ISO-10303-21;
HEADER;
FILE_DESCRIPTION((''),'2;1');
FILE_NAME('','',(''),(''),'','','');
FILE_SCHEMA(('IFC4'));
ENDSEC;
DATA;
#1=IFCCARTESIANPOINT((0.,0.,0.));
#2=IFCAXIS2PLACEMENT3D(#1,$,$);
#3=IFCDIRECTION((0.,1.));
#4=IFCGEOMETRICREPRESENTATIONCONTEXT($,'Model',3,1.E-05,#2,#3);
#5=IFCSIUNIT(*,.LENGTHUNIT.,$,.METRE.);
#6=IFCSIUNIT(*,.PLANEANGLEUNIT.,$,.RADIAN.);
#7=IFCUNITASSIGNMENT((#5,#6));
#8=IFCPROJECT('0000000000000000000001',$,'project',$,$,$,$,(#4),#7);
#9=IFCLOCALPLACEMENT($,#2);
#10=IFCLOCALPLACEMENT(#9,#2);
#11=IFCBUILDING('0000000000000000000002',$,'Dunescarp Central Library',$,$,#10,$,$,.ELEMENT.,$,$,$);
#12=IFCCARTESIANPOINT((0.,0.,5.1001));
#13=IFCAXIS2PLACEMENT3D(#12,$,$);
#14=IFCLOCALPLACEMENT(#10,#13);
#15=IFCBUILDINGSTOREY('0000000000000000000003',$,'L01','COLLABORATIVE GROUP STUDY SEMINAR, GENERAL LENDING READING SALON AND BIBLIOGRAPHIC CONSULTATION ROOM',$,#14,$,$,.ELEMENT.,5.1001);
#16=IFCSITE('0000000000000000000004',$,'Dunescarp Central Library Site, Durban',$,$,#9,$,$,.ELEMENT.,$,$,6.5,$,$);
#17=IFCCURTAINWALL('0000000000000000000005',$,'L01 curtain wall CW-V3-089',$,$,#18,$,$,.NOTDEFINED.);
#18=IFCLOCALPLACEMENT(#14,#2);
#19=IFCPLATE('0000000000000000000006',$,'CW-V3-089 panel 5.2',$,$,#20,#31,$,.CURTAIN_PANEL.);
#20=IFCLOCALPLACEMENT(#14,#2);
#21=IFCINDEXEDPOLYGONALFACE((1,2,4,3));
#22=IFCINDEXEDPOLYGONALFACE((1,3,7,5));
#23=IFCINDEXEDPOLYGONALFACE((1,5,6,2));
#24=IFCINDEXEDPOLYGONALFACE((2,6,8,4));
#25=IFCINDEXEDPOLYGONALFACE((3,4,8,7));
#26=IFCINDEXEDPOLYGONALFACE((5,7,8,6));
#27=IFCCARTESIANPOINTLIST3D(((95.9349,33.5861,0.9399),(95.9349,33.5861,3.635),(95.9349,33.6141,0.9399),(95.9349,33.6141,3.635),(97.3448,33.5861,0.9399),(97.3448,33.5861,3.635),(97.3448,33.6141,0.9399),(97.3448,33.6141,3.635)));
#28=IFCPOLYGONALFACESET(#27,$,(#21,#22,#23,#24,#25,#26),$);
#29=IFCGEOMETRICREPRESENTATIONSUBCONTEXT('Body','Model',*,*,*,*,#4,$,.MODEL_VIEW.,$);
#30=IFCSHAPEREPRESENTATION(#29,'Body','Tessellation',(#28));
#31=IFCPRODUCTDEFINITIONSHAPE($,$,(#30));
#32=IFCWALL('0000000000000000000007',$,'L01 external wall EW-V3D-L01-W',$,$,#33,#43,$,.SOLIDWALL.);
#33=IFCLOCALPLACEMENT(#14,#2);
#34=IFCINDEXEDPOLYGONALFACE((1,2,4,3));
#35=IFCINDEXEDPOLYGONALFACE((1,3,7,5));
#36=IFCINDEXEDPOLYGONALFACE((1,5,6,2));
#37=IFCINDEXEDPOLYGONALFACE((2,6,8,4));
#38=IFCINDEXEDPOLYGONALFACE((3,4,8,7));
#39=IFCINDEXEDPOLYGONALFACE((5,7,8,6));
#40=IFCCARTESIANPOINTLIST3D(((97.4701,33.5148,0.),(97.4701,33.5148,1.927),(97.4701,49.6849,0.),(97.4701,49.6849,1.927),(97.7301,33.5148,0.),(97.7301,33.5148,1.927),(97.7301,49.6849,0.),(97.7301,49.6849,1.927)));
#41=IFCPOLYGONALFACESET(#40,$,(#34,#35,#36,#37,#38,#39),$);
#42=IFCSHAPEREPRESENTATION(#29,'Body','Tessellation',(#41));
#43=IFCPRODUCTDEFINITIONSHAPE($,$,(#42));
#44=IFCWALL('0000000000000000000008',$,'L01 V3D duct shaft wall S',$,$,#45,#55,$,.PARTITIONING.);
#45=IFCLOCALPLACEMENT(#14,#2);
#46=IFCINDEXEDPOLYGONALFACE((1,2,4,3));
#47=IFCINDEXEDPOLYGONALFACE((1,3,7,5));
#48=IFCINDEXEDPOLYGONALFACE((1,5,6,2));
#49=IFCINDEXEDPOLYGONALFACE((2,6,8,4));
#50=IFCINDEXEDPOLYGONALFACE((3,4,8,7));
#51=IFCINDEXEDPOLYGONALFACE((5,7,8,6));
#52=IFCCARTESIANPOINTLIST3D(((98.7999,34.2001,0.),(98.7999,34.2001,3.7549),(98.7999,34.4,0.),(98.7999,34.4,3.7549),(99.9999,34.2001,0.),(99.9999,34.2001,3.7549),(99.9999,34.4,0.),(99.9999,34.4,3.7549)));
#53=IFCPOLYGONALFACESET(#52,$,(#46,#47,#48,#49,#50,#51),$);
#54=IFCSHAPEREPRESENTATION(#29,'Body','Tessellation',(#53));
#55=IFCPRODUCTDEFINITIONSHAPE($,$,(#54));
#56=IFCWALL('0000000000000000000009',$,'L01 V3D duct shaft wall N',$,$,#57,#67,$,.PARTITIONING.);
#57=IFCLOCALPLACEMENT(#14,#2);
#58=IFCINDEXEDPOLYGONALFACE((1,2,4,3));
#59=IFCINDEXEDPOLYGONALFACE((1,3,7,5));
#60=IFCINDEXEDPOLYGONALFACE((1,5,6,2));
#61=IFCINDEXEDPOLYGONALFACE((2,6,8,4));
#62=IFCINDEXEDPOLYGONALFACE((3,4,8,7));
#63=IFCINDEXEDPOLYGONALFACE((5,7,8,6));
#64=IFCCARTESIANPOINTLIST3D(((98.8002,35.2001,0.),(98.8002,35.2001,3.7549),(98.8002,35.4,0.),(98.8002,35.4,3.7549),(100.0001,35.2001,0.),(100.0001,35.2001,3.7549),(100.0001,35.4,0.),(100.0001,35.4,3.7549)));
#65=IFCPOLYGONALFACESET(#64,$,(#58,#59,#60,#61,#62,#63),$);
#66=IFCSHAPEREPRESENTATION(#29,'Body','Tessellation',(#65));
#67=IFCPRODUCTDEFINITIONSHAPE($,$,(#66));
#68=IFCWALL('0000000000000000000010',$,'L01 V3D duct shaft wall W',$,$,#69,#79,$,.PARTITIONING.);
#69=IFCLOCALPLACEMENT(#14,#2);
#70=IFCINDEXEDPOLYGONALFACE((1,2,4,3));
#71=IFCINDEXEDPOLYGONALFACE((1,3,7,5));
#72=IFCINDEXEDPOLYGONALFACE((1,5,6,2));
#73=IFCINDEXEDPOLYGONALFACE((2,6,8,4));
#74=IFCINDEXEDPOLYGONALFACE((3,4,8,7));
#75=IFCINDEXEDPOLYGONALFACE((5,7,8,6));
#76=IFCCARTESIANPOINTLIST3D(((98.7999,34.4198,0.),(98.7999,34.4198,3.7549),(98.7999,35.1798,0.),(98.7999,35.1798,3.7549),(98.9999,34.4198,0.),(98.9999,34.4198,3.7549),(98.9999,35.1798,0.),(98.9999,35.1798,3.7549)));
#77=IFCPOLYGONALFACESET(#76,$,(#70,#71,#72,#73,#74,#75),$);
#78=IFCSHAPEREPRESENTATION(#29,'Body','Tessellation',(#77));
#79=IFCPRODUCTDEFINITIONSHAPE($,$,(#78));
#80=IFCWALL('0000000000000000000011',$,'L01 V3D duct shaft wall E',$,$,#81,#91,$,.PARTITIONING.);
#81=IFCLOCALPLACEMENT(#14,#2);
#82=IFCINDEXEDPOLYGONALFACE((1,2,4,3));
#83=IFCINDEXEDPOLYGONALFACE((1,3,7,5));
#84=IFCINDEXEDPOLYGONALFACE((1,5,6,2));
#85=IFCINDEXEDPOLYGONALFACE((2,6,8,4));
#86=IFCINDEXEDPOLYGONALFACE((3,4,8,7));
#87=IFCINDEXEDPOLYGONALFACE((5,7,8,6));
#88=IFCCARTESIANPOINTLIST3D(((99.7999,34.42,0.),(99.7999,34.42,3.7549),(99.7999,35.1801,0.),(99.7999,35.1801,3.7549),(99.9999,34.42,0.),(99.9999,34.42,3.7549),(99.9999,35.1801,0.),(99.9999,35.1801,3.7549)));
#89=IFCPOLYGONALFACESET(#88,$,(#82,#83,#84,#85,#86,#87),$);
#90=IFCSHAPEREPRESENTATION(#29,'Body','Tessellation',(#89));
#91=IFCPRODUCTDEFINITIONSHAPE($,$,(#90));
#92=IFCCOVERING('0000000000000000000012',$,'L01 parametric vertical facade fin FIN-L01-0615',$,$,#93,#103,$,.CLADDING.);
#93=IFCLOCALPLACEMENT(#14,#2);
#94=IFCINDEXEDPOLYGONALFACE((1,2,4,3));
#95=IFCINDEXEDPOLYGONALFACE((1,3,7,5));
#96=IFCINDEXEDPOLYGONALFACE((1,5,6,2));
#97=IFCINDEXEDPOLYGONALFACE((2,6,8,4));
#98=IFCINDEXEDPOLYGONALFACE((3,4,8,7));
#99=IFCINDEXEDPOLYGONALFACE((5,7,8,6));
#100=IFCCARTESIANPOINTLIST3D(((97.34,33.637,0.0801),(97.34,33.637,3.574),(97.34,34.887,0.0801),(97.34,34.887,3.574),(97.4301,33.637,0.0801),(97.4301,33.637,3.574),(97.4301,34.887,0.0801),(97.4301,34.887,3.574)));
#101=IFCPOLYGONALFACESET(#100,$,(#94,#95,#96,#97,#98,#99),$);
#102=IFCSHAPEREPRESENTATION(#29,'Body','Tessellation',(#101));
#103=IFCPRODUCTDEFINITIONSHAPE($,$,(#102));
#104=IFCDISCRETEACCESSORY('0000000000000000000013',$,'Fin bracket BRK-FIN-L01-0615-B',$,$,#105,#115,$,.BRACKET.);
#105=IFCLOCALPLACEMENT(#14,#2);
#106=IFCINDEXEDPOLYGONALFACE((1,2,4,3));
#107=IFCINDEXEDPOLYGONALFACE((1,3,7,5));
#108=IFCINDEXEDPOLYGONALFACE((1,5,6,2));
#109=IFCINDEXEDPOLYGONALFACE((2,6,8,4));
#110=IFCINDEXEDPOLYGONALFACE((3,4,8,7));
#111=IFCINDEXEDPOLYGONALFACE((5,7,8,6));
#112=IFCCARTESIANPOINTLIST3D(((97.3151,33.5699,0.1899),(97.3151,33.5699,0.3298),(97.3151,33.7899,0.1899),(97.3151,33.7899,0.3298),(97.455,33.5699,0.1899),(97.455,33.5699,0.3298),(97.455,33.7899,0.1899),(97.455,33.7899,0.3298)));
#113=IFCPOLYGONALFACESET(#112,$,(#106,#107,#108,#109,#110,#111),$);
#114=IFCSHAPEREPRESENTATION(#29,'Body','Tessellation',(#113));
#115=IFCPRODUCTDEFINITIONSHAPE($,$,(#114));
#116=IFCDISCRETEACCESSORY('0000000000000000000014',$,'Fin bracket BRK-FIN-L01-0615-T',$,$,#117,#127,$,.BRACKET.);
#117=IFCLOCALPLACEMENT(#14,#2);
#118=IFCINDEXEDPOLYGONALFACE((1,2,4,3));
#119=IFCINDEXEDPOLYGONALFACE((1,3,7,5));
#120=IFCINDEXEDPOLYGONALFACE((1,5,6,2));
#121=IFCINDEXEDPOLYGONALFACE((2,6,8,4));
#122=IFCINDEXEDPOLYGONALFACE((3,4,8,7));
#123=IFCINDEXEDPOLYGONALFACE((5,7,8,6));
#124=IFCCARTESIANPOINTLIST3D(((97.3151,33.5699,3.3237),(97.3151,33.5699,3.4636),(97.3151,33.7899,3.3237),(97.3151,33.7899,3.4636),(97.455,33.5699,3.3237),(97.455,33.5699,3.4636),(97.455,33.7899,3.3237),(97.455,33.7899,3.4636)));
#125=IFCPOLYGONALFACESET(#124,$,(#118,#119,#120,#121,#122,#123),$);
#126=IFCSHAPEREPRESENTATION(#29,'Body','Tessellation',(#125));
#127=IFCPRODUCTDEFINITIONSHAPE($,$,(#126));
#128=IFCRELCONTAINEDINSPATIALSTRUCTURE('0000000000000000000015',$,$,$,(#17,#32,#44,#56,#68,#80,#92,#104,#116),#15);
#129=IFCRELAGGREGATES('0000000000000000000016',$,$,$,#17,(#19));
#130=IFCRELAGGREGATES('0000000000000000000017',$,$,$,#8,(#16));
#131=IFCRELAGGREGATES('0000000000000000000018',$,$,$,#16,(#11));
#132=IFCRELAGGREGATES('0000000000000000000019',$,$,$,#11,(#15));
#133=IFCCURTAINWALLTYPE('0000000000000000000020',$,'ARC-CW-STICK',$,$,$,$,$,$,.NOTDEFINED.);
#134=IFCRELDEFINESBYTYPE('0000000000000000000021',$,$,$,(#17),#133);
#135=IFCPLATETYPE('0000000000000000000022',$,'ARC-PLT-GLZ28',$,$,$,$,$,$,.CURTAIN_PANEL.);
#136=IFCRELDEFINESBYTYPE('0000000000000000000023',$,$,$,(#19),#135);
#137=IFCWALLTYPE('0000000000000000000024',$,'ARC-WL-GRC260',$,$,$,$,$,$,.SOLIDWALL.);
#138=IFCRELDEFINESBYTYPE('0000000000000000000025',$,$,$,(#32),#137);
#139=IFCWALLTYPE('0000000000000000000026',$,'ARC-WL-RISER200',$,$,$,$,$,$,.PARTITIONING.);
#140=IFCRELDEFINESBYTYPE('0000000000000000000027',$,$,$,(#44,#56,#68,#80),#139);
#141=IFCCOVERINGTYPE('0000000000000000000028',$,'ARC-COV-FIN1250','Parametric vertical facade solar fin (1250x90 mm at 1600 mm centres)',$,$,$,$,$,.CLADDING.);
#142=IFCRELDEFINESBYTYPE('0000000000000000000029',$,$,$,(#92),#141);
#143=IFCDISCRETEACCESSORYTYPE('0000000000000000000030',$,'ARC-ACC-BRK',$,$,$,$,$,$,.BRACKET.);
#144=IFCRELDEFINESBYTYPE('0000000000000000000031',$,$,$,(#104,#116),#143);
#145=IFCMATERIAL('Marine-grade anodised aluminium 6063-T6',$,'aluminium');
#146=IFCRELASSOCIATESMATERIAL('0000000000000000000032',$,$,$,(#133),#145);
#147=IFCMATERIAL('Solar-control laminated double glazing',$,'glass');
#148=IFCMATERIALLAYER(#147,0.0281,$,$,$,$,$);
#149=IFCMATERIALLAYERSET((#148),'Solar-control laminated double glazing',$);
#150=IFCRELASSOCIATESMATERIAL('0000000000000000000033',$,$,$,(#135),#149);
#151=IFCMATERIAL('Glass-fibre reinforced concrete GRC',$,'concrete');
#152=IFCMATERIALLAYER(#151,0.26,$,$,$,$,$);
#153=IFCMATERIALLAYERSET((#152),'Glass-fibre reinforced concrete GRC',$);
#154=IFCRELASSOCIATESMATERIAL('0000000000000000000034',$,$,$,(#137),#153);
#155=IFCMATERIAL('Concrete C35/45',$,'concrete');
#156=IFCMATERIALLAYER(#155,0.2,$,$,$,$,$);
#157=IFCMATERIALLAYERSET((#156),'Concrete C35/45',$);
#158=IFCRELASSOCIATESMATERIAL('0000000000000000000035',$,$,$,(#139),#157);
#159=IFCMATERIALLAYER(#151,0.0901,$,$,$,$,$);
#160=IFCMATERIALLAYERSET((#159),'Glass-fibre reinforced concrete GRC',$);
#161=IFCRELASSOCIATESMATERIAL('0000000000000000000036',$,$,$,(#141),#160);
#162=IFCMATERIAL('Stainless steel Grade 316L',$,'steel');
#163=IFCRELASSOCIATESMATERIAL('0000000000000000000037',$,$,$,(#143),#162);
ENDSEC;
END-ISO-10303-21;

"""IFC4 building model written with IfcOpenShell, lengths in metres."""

from ifc_helpers import new_model, si_unit, direction, frame, frame_2d, origin, origin_2d, place, context, subcontext, project, spatial, rectangle, extrude, material, layer, layer_set, type_object, element, aggregate, save


model = new_model("IFC4")

# Units and contexts
model_context = context("Model", 3, precision=1e-05, world=origin(), true_north=direction((0.0, 1.0)))
body_context = subcontext(model_context, "Body", "Model", "MODEL_VIEW")
ifc_project = project(units=[si_unit("LENGTHUNIT", "METRE"), si_unit("PLANEANGLEUNIT", "RADIAN")], contexts=[model_context])

# Site, building, storey
site_placement = place(None, origin())
site = spatial("IfcSite", under=ifc_project, at=site_placement, Name="Dunescarp Central Library Site, Durban", CompositionType="ELEMENT", RefElevation=6.5)
building_placement = place(site_placement, origin())
building = spatial("IfcBuilding", under=site, at=building_placement, Name="Dunescarp Central Library", CompositionType="ELEMENT")
storey_placement = place(building_placement, frame((0.0, 0.0, 5.1001)))
storey = spatial("IfcBuildingStorey", under=building, at=storey_placement, Name="L01", Description="COLLABORATIVE GROUP STUDY SEMINAR, GENERAL LENDING READING SALON AND BIBLIOGRAPHIC CONSULTATION ROOM", CompositionType="ELEMENT", Elevation=5.1001)

# Curtain wall
ifc_material_1 = material(Name="Marine-grade anodised aluminium 6063-T6", Category="aluminium")
curtain_wall_type = type_object("IfcCurtainWallType", Name="ARC-CW-STICK", PredefinedType="NOTDEFINED", material=ifc_material_1)
curtain_wall_placement = place(storey_placement, origin())
curtain_wall = element("IfcCurtainWall", 1, at=curtain_wall_placement, inside=storey, type_object=curtain_wall_type, Name="L01 curtain wall CW-V3-089", PredefinedType="NOTDEFINED")

# Plate
ifc_material_2 = material(Name="Solar-control laminated double glazing", Category="glass")
ifc_layer_1 = layer(ifc_material_2, 0.0281)
ifc_layer_set_1 = layer_set([ifc_layer_1], Name="Solar-control laminated double glazing")
plate_type = type_object("IfcPlateType", Name="ARC-PLT-GLZ28", PredefinedType="CURTAIN_PANEL", material=ifc_layer_set_1)
plate_placement = place(storey_placement, frame((96.6399, 33.6001, 0.9399), z_axis=(0.0, 0.0, 1.0), x_axis=(1.0, 0.0, 0.0)))
plate = element("IfcPlate", 2, at=plate_placement, type_object=plate_type, Name="CW-V3-089 panel 5.2", PredefinedType="CURTAIN_PANEL", context=body_context, shape_type="SweptSolid", body=[
    extrude(rectangle(XDim=1.4099, YDim=0.0281, at=origin_2d()), origin(), (0.0, 0.0, 1.0), 2.6951),
])
aggregate(curtain_wall, [plate])

# Walls
ifc_material_3 = material(Name="Glass-fibre reinforced concrete GRC", Category="concrete")
ifc_layer_2 = layer(ifc_material_3, 0.26)
ifc_layer_set_2 = layer_set([ifc_layer_2], Name="Glass-fibre reinforced concrete GRC")
wall_type_1 = type_object("IfcWallType", Name="ARC-WL-GRC260", PredefinedType="SOLIDWALL", material=ifc_layer_set_2)
wall_placement = place(storey_placement, frame((97.6001, 33.5149, 0.0), z_axis=(0.0, 0.0, 1.0), x_axis=(0.0, 1.0, 0.0)))
element("IfcWall", 3, at=wall_placement, inside=storey, type_object=wall_type_1, Name="L01 external wall EW-V3D-L01-W", PredefinedType="SOLIDWALL", context=body_context, shape_type="SweptSolid", body=[
    extrude(rectangle(XDim=16.1702, YDim=0.26, at=frame_2d((8.085, 0.0))), origin(), (0.0, 0.0, 1.0), 1.927),
])
ifc_material_4 = material(Name="Concrete C35/45", Category="concrete")
ifc_layer_3 = layer(ifc_material_4, 0.2)
ifc_layer_set_3 = layer_set([ifc_layer_3], Name="Concrete C35/45")
wall_type_2 = type_object("IfcWallType", Name="ARC-WL-RISER200", PredefinedType="PARTITIONING", material=ifc_layer_set_3)
for number, where, z_axis, x_axis, name in (
    (4, (100.0, 34.3, 0.0), (0.0, 0.0, 1.0), (-1.0, 0.0, 0.0), "L01 V3D duct shaft wall S"),
    (5, (98.8, 35.3, 0.0), (0.0, 0.0, 1.0), (1.0, 0.0, 0.0), "L01 V3D duct shaft wall N"),
):
    element("IfcWall", number, at=place(storey_placement, frame(where, z_axis=z_axis, x_axis=x_axis)), inside=storey, type_object=wall_type_2, Name=name, PredefinedType="PARTITIONING", context=body_context, shape_type="SweptSolid", body=[
        extrude(rectangle(XDim=1.2, YDim=0.2, at=frame_2d((0.6001, 0.0))), origin(), (0.0, 0.0, 1.0), 3.7549),
    ])
for number, where, z_axis, x_axis, name in (
    (6, (98.8999, 34.4199, 0.0), (0.0, 0.0, 1.0), (0.0, 1.0, 0.0), "L01 V3D duct shaft wall W"),
    (7, (99.8999, 35.1799, 0.0), (0.0, 0.0, 1.0), (0.0, -1.0, 0.0), "L01 V3D duct shaft wall E"),
):
    element("IfcWall", number, at=place(storey_placement, frame(where, z_axis=z_axis, x_axis=x_axis)), inside=storey, type_object=wall_type_2, Name=name, PredefinedType="PARTITIONING", context=body_context, shape_type="SweptSolid", body=[
        extrude(rectangle(XDim=0.76, YDim=0.2, at=frame_2d((0.3799, 0.0))), origin(), (0.0, 0.0, 1.0), 3.7549),
    ])

# Covering
ifc_layer_4 = layer(ifc_material_3, 0.0901)
ifc_layer_set_4 = layer_set([ifc_layer_4], Name="Glass-fibre reinforced concrete GRC")
covering_type = type_object("IfcCoveringType", Name="ARC-COV-FIN1250", Description="Parametric vertical facade solar fin (1250x90 mm at 1600 mm centres)", PredefinedType="CLADDING", material=ifc_layer_set_4)
covering_placement = place(storey_placement, frame((97.385, 34.262, 0.0801), z_axis=(0.0, 0.0, 1.0), x_axis=(0.0, 1.0, 0.0)))
element("IfcCovering", 8, at=covering_placement, inside=storey, type_object=covering_type, Name="L01 parametric vertical facade fin FIN-L01-0615", PredefinedType="CLADDING", context=body_context, shape_type="SweptSolid", body=[
    extrude(rectangle(XDim=1.25, YDim=0.0901, at=origin_2d()), origin(), (0.0, 0.0, 1.0), 3.4939),
])

# Discrete accessories
ifc_material_5 = material(Name="Stainless steel Grade 316L", Category="steel")
discrete_accessory_type = type_object("IfcDiscreteAccessoryType", Name="ARC-ACC-BRK", PredefinedType="BRACKET", material=ifc_material_5)
for number, where, z_axis, x_axis, name in (
    (9, (97.385, 33.6799, 0.1899), (0.0, 0.0, 1.0), (0.0, 1.0, 0.0), "Fin bracket BRK-FIN-L01-0615-B"),
    (10, (97.385, 33.6799, 3.3237), (0.0, 0.0, 1.0), (0.0, 1.0, 0.0), "Fin bracket BRK-FIN-L01-0615-T"),
):
    element("IfcDiscreteAccessory", number, at=place(storey_placement, frame(where, z_axis=z_axis, x_axis=x_axis)), inside=storey, type_object=discrete_accessory_type, Name=name, PredefinedType="BRACKET", context=body_context, shape_type="SweptSolid", body=[
        extrude(rectangle(XDim=0.22, YDim=0.1399, at=origin_2d()), origin(), (0.0, 0.0, 1.0), 0.1399),
    ])

save(model, "model.ifc")
